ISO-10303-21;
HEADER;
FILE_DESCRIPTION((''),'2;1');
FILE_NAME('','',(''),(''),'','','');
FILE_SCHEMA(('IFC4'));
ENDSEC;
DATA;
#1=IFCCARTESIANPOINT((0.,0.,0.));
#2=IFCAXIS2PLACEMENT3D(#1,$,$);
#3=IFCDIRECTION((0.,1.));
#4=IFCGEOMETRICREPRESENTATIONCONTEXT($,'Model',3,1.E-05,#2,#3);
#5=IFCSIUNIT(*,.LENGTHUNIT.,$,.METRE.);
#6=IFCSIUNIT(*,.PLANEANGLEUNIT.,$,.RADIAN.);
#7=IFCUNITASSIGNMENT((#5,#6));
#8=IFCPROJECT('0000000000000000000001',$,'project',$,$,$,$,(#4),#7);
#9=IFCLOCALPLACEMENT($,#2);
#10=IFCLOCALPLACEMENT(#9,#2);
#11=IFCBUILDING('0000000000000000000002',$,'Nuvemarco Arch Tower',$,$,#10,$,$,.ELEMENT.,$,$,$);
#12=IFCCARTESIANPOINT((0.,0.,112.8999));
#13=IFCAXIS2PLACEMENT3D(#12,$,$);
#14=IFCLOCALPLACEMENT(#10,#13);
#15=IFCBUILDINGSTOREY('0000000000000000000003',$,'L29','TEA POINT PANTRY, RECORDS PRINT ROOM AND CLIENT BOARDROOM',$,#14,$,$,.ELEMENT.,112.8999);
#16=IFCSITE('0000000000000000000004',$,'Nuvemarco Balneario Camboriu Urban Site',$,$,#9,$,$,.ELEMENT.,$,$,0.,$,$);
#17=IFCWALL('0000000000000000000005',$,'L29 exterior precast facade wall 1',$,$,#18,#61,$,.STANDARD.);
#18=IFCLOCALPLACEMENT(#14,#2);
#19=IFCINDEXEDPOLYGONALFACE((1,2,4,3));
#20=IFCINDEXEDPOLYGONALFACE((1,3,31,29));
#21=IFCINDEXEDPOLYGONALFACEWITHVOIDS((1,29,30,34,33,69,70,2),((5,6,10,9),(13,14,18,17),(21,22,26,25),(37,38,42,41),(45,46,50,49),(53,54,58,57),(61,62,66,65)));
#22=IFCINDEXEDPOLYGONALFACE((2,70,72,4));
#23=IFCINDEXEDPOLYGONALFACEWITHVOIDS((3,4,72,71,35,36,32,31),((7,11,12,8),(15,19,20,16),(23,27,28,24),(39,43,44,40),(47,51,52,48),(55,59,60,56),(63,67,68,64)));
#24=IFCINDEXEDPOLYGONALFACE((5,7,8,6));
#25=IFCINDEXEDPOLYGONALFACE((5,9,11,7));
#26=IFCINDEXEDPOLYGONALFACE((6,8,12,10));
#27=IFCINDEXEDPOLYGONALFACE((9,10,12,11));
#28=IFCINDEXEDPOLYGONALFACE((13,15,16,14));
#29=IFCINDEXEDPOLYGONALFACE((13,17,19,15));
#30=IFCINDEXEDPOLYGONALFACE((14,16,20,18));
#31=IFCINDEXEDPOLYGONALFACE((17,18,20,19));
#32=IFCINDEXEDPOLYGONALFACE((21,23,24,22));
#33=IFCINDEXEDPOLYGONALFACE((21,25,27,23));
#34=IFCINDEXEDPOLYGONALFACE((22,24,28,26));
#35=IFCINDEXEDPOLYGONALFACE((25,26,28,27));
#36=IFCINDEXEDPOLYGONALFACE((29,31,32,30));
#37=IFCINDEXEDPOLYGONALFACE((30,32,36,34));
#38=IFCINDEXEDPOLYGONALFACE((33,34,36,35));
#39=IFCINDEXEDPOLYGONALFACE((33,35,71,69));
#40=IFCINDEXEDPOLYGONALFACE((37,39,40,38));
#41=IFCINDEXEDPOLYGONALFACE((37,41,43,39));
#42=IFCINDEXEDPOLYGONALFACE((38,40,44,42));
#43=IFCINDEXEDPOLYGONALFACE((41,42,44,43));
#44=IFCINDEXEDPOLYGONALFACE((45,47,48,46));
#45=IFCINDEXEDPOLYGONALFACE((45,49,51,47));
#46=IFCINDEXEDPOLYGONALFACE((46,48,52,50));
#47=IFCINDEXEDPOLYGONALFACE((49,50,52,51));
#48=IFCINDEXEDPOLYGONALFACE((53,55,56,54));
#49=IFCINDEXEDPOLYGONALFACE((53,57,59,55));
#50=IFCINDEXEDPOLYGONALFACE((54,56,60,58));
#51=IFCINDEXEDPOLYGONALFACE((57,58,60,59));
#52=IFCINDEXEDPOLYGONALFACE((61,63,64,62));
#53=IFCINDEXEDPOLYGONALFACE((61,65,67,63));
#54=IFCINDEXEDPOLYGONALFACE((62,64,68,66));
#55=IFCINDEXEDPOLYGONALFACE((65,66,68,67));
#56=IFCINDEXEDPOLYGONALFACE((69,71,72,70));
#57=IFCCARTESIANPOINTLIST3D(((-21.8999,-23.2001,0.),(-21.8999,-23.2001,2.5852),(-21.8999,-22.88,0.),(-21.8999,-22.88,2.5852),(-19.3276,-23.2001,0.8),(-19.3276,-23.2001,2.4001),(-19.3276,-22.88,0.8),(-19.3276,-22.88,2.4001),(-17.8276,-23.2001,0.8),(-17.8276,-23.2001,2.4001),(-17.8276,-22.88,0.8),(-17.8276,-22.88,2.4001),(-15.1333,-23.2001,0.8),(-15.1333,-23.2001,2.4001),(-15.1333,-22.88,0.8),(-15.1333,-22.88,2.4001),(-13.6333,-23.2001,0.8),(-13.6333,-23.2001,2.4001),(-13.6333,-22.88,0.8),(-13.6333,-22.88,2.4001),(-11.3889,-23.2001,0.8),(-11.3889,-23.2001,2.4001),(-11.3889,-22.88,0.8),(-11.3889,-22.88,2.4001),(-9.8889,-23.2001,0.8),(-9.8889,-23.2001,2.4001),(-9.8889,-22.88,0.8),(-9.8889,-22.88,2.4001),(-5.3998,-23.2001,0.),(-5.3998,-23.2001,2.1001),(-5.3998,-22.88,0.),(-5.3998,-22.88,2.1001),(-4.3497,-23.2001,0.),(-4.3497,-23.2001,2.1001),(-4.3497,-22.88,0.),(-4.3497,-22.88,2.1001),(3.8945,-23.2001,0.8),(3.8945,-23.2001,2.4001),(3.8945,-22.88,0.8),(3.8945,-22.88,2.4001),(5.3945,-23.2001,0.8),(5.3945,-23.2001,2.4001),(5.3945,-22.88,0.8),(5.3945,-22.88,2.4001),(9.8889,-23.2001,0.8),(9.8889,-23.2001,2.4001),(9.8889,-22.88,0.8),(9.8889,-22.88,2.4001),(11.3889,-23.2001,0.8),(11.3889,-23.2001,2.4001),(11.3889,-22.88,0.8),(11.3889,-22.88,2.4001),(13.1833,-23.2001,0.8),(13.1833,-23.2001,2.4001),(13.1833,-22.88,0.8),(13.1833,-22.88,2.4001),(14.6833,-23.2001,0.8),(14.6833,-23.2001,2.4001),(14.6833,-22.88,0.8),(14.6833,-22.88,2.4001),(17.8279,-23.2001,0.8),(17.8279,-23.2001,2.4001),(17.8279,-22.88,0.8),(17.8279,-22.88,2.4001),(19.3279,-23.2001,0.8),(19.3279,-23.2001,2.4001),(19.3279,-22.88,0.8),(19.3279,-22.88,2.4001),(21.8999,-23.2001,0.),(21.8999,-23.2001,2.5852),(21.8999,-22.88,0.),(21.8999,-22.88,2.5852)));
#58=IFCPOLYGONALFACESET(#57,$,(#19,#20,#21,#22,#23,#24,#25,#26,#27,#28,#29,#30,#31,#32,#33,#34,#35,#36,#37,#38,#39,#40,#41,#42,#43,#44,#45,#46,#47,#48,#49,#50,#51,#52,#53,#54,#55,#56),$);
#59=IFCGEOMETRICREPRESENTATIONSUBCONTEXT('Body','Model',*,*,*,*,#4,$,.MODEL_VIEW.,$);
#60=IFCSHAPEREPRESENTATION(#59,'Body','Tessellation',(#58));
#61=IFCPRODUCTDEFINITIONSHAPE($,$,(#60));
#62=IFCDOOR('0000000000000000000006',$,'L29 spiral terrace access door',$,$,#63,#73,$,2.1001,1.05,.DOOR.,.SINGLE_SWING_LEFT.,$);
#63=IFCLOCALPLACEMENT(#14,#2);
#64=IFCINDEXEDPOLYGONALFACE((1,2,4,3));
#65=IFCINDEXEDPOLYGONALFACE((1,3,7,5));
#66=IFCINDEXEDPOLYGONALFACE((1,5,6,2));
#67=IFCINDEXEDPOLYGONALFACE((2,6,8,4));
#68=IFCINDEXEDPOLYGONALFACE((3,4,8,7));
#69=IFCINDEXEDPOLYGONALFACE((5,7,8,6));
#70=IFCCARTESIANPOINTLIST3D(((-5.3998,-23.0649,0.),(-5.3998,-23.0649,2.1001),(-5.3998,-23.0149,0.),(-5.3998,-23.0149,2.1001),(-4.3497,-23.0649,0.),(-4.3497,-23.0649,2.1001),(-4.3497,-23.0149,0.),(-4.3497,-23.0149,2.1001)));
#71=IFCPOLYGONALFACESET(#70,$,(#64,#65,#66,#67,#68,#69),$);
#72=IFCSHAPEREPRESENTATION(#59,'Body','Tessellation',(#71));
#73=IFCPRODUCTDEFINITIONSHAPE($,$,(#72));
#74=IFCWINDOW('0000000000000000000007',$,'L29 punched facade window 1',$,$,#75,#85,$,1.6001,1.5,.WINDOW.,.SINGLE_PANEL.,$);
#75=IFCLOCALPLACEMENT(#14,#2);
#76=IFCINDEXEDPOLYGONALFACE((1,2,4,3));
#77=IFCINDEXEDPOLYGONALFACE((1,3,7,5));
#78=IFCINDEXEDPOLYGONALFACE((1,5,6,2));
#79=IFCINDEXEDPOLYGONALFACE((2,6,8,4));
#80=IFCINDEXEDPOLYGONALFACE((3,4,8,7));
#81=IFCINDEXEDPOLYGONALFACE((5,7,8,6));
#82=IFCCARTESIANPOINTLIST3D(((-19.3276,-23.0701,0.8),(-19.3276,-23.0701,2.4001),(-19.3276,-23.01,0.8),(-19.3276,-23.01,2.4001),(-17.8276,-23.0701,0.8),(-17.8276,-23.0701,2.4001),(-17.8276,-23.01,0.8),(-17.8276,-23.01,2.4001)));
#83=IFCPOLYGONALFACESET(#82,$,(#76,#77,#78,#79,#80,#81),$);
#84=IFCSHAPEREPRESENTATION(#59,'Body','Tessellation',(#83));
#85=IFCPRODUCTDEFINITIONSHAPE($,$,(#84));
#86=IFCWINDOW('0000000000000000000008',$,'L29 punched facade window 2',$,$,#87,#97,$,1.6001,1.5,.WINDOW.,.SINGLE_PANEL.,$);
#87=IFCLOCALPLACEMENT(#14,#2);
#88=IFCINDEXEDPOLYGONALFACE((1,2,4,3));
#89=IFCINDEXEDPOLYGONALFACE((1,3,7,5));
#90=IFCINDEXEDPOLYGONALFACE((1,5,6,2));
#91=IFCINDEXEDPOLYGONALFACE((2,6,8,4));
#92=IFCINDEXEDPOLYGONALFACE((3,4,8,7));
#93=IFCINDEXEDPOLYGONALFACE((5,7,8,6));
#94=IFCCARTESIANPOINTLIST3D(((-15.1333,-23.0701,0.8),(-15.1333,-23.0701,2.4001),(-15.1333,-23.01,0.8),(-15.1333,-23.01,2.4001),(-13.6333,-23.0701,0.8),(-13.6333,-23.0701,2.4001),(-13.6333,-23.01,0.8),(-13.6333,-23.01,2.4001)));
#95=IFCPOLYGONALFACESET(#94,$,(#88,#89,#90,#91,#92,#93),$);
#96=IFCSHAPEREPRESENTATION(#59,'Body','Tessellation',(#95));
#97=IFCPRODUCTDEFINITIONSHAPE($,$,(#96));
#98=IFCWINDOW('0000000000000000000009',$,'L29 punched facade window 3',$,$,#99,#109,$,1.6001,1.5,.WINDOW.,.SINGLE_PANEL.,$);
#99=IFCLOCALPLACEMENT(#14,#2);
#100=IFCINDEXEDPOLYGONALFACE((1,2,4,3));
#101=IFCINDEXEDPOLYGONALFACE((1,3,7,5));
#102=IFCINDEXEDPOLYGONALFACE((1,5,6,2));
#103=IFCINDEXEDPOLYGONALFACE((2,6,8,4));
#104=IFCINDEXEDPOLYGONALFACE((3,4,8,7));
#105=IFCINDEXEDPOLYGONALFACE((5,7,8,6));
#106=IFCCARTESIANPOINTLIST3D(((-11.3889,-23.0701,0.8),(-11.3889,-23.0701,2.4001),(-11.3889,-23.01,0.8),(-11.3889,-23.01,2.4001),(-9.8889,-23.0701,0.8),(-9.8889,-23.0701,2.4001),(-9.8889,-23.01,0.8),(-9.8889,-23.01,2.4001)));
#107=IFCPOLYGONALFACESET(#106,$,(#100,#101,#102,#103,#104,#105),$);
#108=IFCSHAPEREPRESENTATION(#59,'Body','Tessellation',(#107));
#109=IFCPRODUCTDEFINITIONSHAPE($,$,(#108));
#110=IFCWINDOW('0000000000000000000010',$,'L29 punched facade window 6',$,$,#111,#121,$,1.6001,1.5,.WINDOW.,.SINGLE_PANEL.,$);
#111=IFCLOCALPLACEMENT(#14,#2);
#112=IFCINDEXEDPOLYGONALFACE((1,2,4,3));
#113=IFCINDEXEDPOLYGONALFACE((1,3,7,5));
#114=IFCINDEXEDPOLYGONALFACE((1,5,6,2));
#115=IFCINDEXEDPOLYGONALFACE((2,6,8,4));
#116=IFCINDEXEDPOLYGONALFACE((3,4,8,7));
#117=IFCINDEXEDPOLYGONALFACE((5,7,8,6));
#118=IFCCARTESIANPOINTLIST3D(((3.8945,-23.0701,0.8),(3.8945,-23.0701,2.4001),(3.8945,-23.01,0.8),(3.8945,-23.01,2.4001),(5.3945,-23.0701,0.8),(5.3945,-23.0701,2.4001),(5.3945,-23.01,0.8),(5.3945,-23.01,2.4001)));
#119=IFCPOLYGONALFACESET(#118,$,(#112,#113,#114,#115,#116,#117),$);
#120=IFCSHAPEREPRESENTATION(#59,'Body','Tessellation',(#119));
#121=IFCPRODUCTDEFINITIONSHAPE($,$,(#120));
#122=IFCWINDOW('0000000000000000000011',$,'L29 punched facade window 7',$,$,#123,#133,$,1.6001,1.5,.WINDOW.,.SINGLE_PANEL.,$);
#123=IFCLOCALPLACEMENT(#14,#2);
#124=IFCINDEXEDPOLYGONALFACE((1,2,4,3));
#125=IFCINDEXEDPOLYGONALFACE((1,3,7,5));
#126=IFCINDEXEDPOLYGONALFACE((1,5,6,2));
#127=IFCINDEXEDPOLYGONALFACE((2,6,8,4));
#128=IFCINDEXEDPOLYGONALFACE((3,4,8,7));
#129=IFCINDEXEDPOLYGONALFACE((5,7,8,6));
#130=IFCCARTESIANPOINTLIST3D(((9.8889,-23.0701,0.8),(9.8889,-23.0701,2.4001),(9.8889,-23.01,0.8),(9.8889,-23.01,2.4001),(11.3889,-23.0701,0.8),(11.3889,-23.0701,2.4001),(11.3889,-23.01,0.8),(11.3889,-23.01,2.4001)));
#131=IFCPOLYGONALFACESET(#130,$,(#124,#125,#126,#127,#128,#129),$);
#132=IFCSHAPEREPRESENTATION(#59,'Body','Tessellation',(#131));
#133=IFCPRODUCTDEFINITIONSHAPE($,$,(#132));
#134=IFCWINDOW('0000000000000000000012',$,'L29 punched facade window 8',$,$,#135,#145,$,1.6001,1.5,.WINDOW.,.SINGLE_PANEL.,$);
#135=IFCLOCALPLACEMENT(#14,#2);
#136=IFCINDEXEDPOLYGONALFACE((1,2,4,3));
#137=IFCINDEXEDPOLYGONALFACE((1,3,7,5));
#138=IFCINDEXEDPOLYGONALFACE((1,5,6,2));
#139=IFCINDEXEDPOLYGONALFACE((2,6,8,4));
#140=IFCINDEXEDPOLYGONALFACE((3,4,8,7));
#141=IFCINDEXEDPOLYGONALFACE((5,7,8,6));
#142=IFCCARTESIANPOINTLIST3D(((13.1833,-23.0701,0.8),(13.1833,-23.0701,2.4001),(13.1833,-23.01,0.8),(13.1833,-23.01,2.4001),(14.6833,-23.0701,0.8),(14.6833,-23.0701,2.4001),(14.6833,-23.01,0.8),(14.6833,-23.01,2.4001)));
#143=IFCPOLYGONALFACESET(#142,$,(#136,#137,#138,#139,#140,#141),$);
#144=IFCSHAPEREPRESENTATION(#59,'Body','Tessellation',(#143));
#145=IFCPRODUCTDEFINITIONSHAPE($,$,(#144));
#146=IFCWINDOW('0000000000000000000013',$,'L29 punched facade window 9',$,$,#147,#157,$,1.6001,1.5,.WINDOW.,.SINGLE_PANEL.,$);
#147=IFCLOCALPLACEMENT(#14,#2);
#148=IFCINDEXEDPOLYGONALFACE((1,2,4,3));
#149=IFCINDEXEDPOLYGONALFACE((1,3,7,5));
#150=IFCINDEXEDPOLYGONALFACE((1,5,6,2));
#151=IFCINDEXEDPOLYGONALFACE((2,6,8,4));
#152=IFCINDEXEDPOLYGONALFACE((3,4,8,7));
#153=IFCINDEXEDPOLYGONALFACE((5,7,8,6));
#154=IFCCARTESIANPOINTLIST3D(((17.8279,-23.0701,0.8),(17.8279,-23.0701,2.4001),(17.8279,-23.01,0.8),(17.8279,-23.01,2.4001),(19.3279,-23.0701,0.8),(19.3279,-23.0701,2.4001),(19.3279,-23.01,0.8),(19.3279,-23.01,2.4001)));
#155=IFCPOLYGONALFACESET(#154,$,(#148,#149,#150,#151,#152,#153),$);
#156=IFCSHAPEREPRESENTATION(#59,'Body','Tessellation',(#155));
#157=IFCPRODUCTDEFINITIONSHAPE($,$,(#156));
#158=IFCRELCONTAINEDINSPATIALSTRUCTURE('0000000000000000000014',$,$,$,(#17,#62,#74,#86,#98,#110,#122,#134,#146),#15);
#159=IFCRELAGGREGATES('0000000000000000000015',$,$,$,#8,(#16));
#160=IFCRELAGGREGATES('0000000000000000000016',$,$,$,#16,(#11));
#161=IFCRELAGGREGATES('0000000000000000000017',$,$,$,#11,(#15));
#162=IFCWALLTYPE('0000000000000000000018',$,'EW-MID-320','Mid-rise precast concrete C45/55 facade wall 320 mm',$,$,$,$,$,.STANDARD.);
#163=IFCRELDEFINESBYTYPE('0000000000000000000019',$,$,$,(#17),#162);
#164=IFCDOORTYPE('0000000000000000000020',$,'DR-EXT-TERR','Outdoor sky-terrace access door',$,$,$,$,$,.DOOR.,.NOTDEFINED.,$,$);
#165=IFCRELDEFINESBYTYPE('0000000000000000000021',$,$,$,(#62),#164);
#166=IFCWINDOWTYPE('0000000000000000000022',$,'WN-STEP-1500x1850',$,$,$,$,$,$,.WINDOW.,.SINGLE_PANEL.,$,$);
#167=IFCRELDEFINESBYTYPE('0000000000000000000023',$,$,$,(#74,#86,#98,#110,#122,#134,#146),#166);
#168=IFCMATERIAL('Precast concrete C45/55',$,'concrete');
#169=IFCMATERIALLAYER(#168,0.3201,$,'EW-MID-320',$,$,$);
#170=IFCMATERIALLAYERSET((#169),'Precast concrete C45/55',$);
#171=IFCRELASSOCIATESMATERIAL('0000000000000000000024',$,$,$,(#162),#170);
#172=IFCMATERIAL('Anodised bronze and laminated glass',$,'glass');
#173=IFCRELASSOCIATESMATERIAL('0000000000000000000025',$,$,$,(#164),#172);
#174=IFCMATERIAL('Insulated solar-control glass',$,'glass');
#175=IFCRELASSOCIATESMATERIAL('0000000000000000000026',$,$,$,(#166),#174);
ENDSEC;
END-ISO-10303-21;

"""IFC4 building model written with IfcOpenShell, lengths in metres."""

from ifc_helpers import new_model, si_unit, direction, frame, frame_2d, origin, place, context, subcontext, project, spatial, rectangle, extrude, source, transform, mapped, material, layer, layer_set, type_object, type_shapes, element, fill, save


model = new_model("IFC4")

# Units and contexts
model_context = context("Model", 3, precision=1e-05, world=origin(), true_north=direction((0.0, 1.0)))
body_context = subcontext(model_context, "Body", "Model", "MODEL_VIEW")
ifc_project = project(units=[si_unit("LENGTHUNIT", "METRE"), si_unit("PLANEANGLEUNIT", "RADIAN")], contexts=[model_context])

# Site, building, storey
site_placement = place(None, origin())
site = spatial("IfcSite", under=ifc_project, at=site_placement, Name="Nuvemarco Balneario Camboriu Urban Site", CompositionType="ELEMENT", RefElevation=0.0)
building_placement = place(site_placement, origin())
building = spatial("IfcBuilding", under=site, at=building_placement, Name="Nuvemarco Arch Tower", CompositionType="ELEMENT")
storey_placement = place(building_placement, frame((0.0, 0.0, 112.8999)))
storey = spatial("IfcBuildingStorey", under=building, at=storey_placement, Name="L29", Description="TEA POINT PANTRY, RECORDS PRINT ROOM AND CLIENT BOARDROOM", CompositionType="ELEMENT", Elevation=112.8999)

# Wall, openings, door, windows
ifc_material_1 = material(Name="Precast concrete C45/55", Category="concrete")
ifc_layer_1 = layer(ifc_material_1, 0.3201, Name="EW-MID-320")
ifc_layer_set_1 = layer_set([ifc_layer_1], Name="Precast concrete C45/55")
wall_type = type_object("IfcWallType", Name="EW-MID-320", Description="Mid-rise precast concrete C45/55 facade wall 320 mm", PredefinedType="STANDARD", material=ifc_layer_set_1)
wall_1_placement = place(storey_placement, frame((-21.8999, -23.04, 0.0), z_axis=(0.0, 0.0, 1.0), x_axis=(1.0, 0.0, 0.0)))
wall_1 = element("IfcWall", 1, at=wall_1_placement, inside=storey, type_object=wall_type, Name="L29 exterior precast facade wall 1", PredefinedType="STANDARD", context=body_context, shape_type="SweptSolid", body=[
    extrude(rectangle(XDim=43.7998, YDim=0.3201, at=frame_2d((21.8999, 0.0))), origin(), (0.0, 0.0, 1.0), 2.5852),
])
opening_1_placement = place(wall_1_placement, frame((17.55, 0.0, 0.0), z_axis=(0.0, 0.0, 1.0), x_axis=(-1.0, 0.0, 0.0)))
opening_1 = element("IfcOpeningElement", 2, at=opening_1_placement, cuts=wall_1, PredefinedType="OPENING", context=body_context, shape_type="SweptSolid", body=[
    extrude(rectangle(XDim=1.05, YDim=2.1001, at=frame_2d((0.5249, 1.05))), frame((0.0, 0.1699, 0.0), z_axis=(0.0, -1.0, 0.0), x_axis=(1.0, 0.0, 0.0)), (0.0, 0.0, 1.0), 0.3401),
])
opening_2_placement = place(wall_1_placement, frame((2.5723, 0.0, 0.8)))
opening_2 = element("IfcOpeningElement", 3, at=opening_2_placement, cuts=wall_1, PredefinedType="OPENING", context=body_context, shape_type="SweptSolid", body=[
    extrude(rectangle(XDim=1.5, YDim=1.6001, at=frame_2d((0.75, 0.8))), frame((0.0, 0.1699, 0.0), z_axis=(0.0, -1.0, 0.0), x_axis=(1.0, 0.0, 0.0)), (0.0, 0.0, 1.0), 0.3401),
])
opening_3_placement = place(wall_1_placement, frame((6.7666, 0.0, 0.8)))
opening_3 = element("IfcOpeningElement", 4, at=opening_3_placement, cuts=wall_1, PredefinedType="OPENING", context=body_context, shape_type="SweptSolid", body=[
    extrude(rectangle(XDim=1.5, YDim=1.6001, at=frame_2d((0.75, 0.8))), frame((0.0, 0.1699, 0.0), z_axis=(0.0, -1.0, 0.0), x_axis=(1.0, 0.0, 0.0)), (0.0, 0.0, 1.0), 0.3401),
])
opening_4_placement = place(wall_1_placement, frame((10.511, 0.0, 0.8)))
opening_4 = element("IfcOpeningElement", 5, at=opening_4_placement, cuts=wall_1, PredefinedType="OPENING", context=body_context, shape_type="SweptSolid", body=[
    extrude(rectangle(XDim=1.5, YDim=1.6001, at=frame_2d((0.75, 0.8))), frame((0.0, 0.1699, 0.0), z_axis=(0.0, -1.0, 0.0), x_axis=(1.0, 0.0, 0.0)), (0.0, 0.0, 1.0), 0.3401),
])
opening_5_placement = place(wall_1_placement, frame((25.7944, 0.0, 0.8)))
opening_5 = element("IfcOpeningElement", 6, at=opening_5_placement, cuts=wall_1, PredefinedType="OPENING", context=body_context, shape_type="SweptSolid", body=[
    extrude(rectangle(XDim=1.5, YDim=1.6001, at=frame_2d((0.75, 0.8))), frame((0.0, 0.1699, 0.0), z_axis=(0.0, -1.0, 0.0), x_axis=(1.0, 0.0, 0.0)), (0.0, 0.0, 1.0), 0.3401),
])
opening_6_placement = place(wall_1_placement, frame((31.7888, 0.0, 0.8)))
opening_6 = element("IfcOpeningElement", 7, at=opening_6_placement, cuts=wall_1, PredefinedType="OPENING", context=body_context, shape_type="SweptSolid", body=[
    extrude(rectangle(XDim=1.5, YDim=1.6001, at=frame_2d((0.75, 0.8))), frame((0.0, 0.1699, 0.0), z_axis=(0.0, -1.0, 0.0), x_axis=(1.0, 0.0, 0.0)), (0.0, 0.0, 1.0), 0.3401),
])
opening_7_placement = place(wall_1_placement, frame((35.0833, 0.0, 0.8)))
opening_7 = element("IfcOpeningElement", 8, at=opening_7_placement, cuts=wall_1, PredefinedType="OPENING", context=body_context, shape_type="SweptSolid", body=[
    extrude(rectangle(XDim=1.5, YDim=1.6001, at=frame_2d((0.75, 0.8))), frame((0.0, 0.1699, 0.0), z_axis=(0.0, -1.0, 0.0), x_axis=(1.0, 0.0, 0.0)), (0.0, 0.0, 1.0), 0.3401),
])
opening_8_placement = place(wall_1_placement, frame((39.7278, 0.0, 0.8)))
opening_8 = element("IfcOpeningElement", 9, at=opening_8_placement, cuts=wall_1, PredefinedType="OPENING", context=body_context, shape_type="SweptSolid", body=[
    extrude(rectangle(XDim=1.5, YDim=1.6001, at=frame_2d((0.75, 0.8))), frame((0.0, 0.1699, 0.0), z_axis=(0.0, -1.0, 0.0), x_axis=(1.0, 0.0, 0.0)), (0.0, 0.0, 1.0), 0.3401),
])
ifc_material_2 = material(Name="Anodised bronze and laminated glass", Category="glass")
door_type = type_object("IfcDoorType", Name="DR-EXT-TERR", Description="Outdoor sky-terrace access door", OperationType="NOTDEFINED", PredefinedType="DOOR", material=ifc_material_2)
shared_shape_1 = source(origin(), body_context, "Body", "SweptSolid", [
    extrude(rectangle(XDim=1.05, YDim=2.1001, at=frame_2d((0.5249, 1.05))), frame((0.0, 0.0249, 0.0), z_axis=(0.0, -1.0, 0.0), x_axis=(1.0, 0.0, 0.0)), (0.0, 0.0, 1.0), 0.05),
])
type_shapes(door_type, [shared_shape_1])
door_placement = place(opening_1_placement, origin())
door = element("IfcDoor", 10, at=door_placement, inside=storey, type_object=door_type, Name="L29 spiral terrace access door", OperationType="SINGLE_SWING_LEFT", OverallHeight=2.1001, OverallWidth=1.05, PredefinedType="DOOR", context=body_context, shape_type="MappedRepresentation", body=[
    mapped(shared_shape_1, transform((0.0, 0.0, 0.0), scale=1.0)),
])
fill(opening_1, door)
ifc_material_3 = material(Name="Insulated solar-control glass", Category="glass")
window_type_1 = type_object("IfcWindowType", Name="WN-STEP-1500x1850", PartitioningType="SINGLE_PANEL", PredefinedType="WINDOW", material=ifc_material_3)
shared_shape_2 = source(origin(), body_context, "Body", "SweptSolid", [
    extrude(rectangle(XDim=1.5, YDim=1.6001, at=frame_2d((0.75, 0.8))), frame((0.0, 0.03, 0.0), z_axis=(0.0, -1.0, 0.0), x_axis=(1.0, 0.0, 0.0)), (0.0, 0.0, 1.0), 0.0601),
])
type_shapes(window_type_1, [shared_shape_2])
window_1_placement = place(opening_2_placement, origin())
window_1 = element("IfcWindow", 11, at=window_1_placement, inside=storey, type_object=window_type_1, Name="L29 punched facade window 1", OverallHeight=1.6001, OverallWidth=1.5, PartitioningType="SINGLE_PANEL", PredefinedType="WINDOW", context=body_context, shape_type="MappedRepresentation", body=[
    mapped(shared_shape_2, transform((0.0, 0.0, 0.0), scale=1.0)),
])
fill(opening_2, window_1)
window_2_placement = place(opening_3_placement, origin())
window_2 = element("IfcWindow", 12, at=window_2_placement, inside=storey, type_object=window_type_1, Name="L29 punched facade window 2", OverallHeight=1.6001, OverallWidth=1.5, PartitioningType="SINGLE_PANEL", PredefinedType="WINDOW", context=body_context, shape_type="MappedRepresentation", body=[
    mapped(shared_shape_2, transform((0.0, 0.0, 0.0), scale=1.0)),
])
fill(opening_3, window_2)
window_3_placement = place(opening_4_placement, origin())
window_3 = element("IfcWindow", 13, at=window_3_placement, inside=storey, type_object=window_type_1, Name="L29 punched facade window 3", OverallHeight=1.6001, OverallWidth=1.5, PartitioningType="SINGLE_PANEL", PredefinedType="WINDOW", context=body_context, shape_type="MappedRepresentation", body=[
    mapped(shared_shape_2, transform((0.0, 0.0, 0.0), scale=1.0)),
])
fill(opening_4, window_3)
window_4_placement = place(opening_5_placement, origin())
window_4 = element("IfcWindow", 14, at=window_4_placement, inside=storey, type_object=window_type_1, Name="L29 punched facade window 6", OverallHeight=1.6001, OverallWidth=1.5, PartitioningType="SINGLE_PANEL", PredefinedType="WINDOW", context=body_context, shape_type="MappedRepresentation", body=[
    mapped(shared_shape_2, transform((0.0, 0.0, 0.0), scale=1.0)),
])
fill(opening_5, window_4)
window_5_placement = place(opening_6_placement, origin())
window_5 = element("IfcWindow", 15, at=window_5_placement, inside=storey, type_object=window_type_1, Name="L29 punched facade window 7", OverallHeight=1.6001, OverallWidth=1.5, PartitioningType="SINGLE_PANEL", PredefinedType="WINDOW", context=body_context, shape_type="MappedRepresentation", body=[
    mapped(shared_shape_2, transform((0.0, 0.0, 0.0), scale=1.0)),
])
fill(opening_6, window_5)
window_6_placement = place(opening_7_placement, origin())
window_6 = element("IfcWindow", 16, at=window_6_placement, inside=storey, type_object=window_type_1, Name="L29 punched facade window 8", OverallHeight=1.6001, OverallWidth=1.5, PartitioningType="SINGLE_PANEL", PredefinedType="WINDOW", context=body_context, shape_type="MappedRepresentation", body=[
    mapped(shared_shape_2, transform((0.0, 0.0, 0.0), scale=1.0)),
])
fill(opening_7, window_6)
window_7_placement = place(opening_8_placement, origin())
window_7 = element("IfcWindow", 17, at=window_7_placement, inside=storey, type_object=window_type_1, Name="L29 punched facade window 9", OverallHeight=1.6001, OverallWidth=1.5, PartitioningType="SINGLE_PANEL", PredefinedType="WINDOW", context=body_context, shape_type="MappedRepresentation", body=[
    mapped(shared_shape_2, transform((0.0, 0.0, 0.0), scale=1.0)),
])
fill(opening_8, window_7)

save(model, "model.ifc")
